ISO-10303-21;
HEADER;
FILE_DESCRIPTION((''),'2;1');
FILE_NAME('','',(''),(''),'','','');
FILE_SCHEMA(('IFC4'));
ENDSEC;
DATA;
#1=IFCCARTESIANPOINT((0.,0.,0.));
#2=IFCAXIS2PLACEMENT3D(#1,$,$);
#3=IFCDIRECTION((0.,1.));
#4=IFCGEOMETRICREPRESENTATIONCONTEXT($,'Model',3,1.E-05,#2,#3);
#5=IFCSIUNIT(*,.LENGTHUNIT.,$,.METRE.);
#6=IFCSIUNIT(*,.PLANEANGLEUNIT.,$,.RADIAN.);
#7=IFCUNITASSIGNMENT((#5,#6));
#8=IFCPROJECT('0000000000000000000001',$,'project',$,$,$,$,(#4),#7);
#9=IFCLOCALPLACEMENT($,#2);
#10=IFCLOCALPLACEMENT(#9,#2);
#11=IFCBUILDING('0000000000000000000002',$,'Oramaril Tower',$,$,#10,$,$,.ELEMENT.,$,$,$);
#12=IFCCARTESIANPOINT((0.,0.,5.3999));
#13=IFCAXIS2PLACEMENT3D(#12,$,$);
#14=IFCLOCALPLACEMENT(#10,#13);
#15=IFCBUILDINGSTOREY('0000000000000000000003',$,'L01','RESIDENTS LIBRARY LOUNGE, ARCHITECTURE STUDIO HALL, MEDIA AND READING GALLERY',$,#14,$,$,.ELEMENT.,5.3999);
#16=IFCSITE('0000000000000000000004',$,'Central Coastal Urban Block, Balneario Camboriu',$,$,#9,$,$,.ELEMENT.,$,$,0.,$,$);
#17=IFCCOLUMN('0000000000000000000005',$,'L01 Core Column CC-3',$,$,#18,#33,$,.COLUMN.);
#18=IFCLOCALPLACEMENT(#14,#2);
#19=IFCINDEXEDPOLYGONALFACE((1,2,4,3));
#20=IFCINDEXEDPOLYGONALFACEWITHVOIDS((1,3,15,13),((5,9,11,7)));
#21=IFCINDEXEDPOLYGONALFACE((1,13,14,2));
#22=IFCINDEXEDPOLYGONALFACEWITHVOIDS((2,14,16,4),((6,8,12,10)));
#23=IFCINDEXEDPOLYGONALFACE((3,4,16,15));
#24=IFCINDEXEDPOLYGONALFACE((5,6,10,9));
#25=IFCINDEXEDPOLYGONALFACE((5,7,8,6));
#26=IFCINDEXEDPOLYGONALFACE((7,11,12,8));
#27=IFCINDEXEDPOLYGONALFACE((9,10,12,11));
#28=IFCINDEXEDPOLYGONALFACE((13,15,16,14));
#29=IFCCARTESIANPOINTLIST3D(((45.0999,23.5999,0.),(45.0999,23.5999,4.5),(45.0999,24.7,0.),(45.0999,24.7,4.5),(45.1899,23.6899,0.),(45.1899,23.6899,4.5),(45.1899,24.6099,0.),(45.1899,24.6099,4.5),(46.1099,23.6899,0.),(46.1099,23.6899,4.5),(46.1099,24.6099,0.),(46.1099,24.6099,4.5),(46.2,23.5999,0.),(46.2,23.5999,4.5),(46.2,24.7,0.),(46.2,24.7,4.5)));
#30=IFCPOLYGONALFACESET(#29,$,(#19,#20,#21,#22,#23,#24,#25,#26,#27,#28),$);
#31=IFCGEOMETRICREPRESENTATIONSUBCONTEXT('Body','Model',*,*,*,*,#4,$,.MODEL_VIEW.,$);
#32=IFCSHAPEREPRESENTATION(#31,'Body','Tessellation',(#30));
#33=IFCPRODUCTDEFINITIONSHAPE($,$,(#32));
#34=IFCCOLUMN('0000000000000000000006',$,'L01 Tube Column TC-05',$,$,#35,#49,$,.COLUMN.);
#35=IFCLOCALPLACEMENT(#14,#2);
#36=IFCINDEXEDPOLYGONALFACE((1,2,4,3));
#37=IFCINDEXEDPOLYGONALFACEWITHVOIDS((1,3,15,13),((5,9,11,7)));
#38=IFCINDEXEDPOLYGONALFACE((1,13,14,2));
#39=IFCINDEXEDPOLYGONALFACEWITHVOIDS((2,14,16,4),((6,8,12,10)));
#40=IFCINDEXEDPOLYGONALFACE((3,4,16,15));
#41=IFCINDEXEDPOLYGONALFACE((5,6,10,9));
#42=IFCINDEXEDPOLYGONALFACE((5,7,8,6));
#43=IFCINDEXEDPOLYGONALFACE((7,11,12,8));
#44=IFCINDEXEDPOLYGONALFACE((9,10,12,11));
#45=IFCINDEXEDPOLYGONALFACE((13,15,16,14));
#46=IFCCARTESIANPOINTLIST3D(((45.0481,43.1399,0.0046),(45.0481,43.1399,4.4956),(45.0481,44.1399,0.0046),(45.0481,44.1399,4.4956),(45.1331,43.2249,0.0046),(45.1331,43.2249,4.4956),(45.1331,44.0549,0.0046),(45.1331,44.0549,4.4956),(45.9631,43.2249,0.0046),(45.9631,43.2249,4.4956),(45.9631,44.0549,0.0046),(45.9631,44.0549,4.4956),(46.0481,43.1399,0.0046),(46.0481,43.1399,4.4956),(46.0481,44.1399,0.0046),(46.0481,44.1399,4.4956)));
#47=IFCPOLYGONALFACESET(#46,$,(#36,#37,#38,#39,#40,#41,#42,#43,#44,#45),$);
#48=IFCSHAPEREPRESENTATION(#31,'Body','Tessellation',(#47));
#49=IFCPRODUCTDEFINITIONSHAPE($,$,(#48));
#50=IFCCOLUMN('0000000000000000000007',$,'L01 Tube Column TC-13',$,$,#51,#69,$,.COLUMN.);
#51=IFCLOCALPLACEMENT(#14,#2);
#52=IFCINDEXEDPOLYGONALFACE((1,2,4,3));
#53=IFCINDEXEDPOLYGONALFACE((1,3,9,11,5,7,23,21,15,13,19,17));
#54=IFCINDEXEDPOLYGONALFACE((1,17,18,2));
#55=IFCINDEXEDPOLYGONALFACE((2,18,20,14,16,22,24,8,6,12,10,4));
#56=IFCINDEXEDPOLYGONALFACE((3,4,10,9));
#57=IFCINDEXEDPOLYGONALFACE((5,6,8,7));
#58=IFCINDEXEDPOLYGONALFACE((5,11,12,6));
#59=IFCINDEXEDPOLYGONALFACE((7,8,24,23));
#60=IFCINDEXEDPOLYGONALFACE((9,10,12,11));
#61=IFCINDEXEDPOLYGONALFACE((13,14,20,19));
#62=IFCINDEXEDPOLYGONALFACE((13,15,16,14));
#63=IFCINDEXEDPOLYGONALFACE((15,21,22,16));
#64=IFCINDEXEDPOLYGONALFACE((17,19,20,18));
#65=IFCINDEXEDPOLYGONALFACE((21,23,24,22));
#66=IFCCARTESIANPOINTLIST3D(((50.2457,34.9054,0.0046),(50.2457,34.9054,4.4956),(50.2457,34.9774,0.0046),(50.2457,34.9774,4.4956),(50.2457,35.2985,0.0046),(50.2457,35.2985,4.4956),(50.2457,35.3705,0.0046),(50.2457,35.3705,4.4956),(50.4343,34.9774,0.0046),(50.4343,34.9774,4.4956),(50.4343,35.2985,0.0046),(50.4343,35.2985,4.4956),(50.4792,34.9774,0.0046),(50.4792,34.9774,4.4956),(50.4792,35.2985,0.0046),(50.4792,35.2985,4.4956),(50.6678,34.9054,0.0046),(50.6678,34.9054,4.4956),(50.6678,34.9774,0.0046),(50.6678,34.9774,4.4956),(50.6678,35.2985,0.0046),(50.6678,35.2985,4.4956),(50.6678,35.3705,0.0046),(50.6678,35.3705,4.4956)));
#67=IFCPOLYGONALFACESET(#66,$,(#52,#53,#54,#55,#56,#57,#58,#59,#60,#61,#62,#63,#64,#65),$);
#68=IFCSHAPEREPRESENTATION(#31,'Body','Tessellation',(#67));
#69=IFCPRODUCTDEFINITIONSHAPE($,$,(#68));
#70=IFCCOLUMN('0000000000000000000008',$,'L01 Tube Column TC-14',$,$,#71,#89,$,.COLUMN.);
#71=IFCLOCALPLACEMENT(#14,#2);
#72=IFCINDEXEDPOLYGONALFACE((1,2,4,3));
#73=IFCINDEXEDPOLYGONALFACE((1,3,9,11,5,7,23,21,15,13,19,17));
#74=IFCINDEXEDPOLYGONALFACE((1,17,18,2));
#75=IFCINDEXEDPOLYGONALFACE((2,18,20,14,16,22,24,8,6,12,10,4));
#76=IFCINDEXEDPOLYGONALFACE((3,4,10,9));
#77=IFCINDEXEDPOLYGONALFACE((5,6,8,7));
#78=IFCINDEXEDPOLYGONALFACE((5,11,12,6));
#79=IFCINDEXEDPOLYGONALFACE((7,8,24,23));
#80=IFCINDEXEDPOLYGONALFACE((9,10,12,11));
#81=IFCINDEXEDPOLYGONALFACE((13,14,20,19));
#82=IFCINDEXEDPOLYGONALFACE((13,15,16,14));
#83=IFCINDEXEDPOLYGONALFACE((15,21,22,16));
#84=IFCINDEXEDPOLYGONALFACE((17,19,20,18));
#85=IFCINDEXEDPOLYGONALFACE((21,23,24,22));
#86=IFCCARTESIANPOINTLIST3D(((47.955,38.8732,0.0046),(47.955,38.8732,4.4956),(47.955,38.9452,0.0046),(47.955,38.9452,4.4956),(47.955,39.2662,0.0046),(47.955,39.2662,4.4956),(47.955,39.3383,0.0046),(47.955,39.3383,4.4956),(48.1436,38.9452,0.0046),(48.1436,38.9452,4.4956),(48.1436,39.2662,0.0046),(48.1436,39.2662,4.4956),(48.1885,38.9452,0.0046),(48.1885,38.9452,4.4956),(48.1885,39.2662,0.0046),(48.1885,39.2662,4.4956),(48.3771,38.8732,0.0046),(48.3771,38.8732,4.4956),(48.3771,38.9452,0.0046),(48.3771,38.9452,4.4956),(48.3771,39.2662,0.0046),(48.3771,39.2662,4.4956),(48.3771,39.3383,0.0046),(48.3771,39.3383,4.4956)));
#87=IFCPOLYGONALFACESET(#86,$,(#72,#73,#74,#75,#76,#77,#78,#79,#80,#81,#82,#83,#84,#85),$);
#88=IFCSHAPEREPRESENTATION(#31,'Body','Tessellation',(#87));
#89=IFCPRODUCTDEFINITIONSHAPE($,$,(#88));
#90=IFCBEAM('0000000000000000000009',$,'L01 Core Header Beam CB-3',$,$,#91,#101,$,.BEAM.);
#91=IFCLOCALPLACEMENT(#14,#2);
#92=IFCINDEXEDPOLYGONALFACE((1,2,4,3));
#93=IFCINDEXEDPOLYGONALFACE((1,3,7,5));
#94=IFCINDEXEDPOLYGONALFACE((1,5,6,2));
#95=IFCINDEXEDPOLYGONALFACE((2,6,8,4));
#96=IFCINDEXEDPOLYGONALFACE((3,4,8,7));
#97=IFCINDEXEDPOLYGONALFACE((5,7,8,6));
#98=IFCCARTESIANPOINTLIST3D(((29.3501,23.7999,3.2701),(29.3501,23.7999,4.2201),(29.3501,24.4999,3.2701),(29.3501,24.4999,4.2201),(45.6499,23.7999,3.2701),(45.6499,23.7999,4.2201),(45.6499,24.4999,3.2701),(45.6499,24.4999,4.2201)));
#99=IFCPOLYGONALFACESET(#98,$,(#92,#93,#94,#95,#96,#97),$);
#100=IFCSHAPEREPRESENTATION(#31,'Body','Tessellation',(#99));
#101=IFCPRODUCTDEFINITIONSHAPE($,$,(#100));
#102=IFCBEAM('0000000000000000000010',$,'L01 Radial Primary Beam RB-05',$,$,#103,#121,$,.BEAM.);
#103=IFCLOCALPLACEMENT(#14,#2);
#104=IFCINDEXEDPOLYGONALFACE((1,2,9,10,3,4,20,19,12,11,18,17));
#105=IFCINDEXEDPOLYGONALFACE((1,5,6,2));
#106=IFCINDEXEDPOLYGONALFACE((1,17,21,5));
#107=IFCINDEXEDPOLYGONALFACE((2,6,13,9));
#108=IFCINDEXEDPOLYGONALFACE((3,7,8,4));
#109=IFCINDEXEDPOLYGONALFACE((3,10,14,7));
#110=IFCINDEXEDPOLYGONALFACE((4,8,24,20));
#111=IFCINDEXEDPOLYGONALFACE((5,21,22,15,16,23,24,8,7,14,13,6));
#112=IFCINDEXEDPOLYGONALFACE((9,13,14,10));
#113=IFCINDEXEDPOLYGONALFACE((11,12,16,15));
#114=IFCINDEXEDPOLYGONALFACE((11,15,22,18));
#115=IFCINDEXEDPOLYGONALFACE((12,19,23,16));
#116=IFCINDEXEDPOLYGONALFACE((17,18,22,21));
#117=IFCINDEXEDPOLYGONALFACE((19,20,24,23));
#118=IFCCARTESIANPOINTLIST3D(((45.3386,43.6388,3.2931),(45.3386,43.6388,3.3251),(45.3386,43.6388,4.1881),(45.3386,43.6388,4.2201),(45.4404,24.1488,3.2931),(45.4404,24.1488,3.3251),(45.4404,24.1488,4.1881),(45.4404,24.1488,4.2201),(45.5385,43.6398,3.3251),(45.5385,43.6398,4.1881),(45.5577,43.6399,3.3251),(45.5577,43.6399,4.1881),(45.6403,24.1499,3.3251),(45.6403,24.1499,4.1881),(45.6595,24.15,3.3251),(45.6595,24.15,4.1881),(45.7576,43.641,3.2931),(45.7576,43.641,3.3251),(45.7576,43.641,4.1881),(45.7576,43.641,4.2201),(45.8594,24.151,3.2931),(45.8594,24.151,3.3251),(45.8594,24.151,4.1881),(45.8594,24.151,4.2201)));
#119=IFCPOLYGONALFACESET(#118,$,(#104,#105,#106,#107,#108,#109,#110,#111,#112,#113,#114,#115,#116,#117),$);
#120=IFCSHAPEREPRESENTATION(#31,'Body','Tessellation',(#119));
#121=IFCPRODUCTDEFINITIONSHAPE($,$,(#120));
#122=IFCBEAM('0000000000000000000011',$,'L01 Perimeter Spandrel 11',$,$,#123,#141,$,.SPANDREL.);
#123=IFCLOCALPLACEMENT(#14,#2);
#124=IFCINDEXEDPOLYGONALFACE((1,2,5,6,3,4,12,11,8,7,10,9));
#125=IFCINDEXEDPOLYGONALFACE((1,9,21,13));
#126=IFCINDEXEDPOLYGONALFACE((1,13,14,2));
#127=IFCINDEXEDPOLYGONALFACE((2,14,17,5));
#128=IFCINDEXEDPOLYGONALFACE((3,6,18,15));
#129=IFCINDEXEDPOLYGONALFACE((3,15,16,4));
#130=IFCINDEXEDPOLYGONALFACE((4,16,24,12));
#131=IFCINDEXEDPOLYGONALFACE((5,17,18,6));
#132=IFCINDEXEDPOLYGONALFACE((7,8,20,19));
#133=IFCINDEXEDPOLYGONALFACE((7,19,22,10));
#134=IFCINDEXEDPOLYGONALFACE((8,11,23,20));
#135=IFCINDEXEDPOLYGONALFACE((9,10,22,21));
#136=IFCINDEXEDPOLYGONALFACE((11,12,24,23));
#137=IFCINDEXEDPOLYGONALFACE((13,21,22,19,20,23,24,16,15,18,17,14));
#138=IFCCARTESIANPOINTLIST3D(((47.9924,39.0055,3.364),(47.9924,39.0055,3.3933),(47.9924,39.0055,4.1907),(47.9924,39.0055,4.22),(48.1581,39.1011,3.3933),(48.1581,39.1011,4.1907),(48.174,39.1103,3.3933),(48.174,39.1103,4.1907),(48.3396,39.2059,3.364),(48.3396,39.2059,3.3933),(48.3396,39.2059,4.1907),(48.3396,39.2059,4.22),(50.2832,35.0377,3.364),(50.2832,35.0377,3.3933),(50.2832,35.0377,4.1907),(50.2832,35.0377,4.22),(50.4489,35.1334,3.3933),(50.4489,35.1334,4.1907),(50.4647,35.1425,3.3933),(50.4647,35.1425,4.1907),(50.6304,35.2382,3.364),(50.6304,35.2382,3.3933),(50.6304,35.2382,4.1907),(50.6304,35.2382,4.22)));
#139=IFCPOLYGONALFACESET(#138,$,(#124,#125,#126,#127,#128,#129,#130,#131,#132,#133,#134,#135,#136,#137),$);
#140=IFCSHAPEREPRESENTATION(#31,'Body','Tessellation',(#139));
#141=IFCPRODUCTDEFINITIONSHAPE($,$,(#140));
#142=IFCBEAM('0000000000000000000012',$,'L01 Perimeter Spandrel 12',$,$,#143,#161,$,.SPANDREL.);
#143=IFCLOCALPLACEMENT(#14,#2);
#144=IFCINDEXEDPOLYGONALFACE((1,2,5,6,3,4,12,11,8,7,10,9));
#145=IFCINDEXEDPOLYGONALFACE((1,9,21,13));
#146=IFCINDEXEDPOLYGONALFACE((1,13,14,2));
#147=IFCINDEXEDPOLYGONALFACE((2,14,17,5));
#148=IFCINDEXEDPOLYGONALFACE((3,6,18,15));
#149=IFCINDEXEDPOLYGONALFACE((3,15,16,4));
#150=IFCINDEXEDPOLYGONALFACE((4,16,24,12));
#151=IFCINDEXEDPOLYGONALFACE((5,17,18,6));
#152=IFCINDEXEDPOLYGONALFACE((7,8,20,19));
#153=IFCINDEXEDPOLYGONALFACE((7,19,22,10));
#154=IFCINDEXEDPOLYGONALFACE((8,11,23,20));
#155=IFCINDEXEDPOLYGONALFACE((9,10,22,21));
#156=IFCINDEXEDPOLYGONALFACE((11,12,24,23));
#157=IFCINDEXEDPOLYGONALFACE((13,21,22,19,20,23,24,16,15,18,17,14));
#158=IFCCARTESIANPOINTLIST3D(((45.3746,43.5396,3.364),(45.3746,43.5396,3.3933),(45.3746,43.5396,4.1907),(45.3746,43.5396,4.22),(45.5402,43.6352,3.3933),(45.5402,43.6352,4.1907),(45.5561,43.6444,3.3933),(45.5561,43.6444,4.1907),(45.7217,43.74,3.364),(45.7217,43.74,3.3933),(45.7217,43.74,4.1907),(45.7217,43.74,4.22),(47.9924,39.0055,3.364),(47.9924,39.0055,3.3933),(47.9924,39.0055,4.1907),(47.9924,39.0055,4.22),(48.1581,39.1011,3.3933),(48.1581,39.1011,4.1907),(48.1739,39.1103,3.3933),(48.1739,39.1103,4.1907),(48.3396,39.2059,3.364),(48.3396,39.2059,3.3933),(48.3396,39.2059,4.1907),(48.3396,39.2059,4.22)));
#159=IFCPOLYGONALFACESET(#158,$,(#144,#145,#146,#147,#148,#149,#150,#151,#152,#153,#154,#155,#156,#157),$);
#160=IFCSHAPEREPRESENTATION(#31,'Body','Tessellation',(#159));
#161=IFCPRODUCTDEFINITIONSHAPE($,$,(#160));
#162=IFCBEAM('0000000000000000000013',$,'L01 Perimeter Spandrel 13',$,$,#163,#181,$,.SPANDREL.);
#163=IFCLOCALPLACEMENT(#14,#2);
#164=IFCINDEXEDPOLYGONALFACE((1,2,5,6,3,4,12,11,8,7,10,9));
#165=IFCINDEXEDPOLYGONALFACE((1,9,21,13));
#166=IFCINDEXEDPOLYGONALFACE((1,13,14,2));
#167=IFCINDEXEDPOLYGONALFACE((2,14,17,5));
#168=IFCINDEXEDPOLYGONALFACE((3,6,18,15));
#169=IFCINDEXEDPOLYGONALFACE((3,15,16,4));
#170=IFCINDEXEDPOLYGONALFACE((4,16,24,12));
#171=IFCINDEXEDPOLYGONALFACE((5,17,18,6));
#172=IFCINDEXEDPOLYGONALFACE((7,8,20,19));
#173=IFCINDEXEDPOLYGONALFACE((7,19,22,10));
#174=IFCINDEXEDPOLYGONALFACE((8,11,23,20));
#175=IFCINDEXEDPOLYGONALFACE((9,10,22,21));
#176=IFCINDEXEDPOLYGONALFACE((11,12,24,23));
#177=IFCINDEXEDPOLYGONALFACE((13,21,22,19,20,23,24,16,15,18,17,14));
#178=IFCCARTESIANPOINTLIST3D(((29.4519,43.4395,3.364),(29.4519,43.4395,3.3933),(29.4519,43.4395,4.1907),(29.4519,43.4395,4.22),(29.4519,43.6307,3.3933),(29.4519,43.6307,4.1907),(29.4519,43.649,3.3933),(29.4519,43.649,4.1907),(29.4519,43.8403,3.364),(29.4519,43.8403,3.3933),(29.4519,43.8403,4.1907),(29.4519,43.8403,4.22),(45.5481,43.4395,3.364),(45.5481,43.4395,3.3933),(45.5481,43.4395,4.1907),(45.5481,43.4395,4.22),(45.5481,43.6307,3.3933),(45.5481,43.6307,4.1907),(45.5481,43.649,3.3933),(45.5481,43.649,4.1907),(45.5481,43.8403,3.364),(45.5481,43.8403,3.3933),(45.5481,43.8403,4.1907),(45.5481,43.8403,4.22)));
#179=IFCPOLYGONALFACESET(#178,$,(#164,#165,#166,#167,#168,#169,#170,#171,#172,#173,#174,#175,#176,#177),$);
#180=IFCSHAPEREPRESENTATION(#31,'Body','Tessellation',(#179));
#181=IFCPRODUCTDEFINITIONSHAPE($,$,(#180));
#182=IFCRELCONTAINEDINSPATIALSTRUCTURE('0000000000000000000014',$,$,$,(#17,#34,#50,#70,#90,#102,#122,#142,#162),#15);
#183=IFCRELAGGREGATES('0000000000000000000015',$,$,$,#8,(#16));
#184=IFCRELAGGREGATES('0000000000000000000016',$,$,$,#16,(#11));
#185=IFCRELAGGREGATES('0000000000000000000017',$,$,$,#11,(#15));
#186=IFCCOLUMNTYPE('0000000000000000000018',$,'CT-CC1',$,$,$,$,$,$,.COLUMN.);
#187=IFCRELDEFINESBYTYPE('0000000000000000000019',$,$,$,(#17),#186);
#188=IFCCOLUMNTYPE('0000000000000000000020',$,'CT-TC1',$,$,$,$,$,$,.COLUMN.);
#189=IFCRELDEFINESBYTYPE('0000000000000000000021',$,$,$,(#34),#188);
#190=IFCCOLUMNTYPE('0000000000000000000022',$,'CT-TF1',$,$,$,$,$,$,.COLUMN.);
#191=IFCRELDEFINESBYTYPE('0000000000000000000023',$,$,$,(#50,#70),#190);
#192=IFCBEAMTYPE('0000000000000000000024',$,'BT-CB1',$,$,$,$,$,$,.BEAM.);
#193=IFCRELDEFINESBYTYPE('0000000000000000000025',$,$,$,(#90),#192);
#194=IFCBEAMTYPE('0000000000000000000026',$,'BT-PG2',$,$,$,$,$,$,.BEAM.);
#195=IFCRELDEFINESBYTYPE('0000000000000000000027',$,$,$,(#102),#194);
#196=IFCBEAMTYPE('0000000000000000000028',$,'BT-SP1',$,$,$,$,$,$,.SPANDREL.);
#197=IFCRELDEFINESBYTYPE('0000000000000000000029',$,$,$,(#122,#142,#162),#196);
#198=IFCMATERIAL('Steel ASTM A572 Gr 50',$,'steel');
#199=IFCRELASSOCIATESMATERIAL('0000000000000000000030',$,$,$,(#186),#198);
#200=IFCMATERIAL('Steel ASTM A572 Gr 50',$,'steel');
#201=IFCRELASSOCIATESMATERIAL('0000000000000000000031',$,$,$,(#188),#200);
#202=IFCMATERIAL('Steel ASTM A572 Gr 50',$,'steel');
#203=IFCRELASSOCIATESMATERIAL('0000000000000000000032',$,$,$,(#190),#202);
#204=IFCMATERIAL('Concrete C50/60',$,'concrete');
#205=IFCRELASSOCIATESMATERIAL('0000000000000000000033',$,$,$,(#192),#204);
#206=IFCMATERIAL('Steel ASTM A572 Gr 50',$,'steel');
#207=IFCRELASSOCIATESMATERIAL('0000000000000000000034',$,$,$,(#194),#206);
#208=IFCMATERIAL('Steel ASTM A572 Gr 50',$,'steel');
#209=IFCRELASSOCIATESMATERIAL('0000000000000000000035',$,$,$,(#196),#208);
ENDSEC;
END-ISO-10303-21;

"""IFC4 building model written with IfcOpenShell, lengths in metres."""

from ifc_helpers import new_model, si_unit, direction, frame, origin, origin_2d, place, context, subcontext, project, spatial, rectangle, hollow_rectangle, i_section, extrude, material, material_profile, profile_set, type_object, element, save


model = new_model("IFC4")

# Units and contexts
model_context = context("Model", 3, precision=1e-05, world=origin(), true_north=direction((0.0, 1.0)))
body_context = subcontext(model_context, "Body", "Model", "MODEL_VIEW")
ifc_project = project(units=[si_unit("LENGTHUNIT", "METRE"), si_unit("PLANEANGLEUNIT", "RADIAN")], contexts=[model_context])

# Site, building, storey
site_placement = place(None, origin())
site = spatial("IfcSite", under=ifc_project, at=site_placement, Name="Central Coastal Urban Block, Balneario Camboriu", CompositionType="ELEMENT", RefElevation=0.0)
building_placement = place(site_placement, origin())
building = spatial("IfcBuilding", under=site, at=building_placement, Name="Oramaril Tower", CompositionType="ELEMENT")
storey_placement = place(building_placement, frame((0.0, 0.0, 5.3999)))
storey = spatial("IfcBuildingStorey", under=building, at=storey_placement, Name="L01", Description="RESIDENTS LIBRARY LOUNGE, ARCHITECTURE STUDIO HALL, MEDIA AND READING GALLERY", CompositionType="ELEMENT", Elevation=5.3999)

# Columns
ifc_material_1 = material(Name="Steel ASTM A572 Gr 50", Category="steel")
ifc_material_profile_1 = material_profile(ifc_material_1, hollow_rectangle(XDim=1.1001, YDim=1.1001, WallThickness=0.0901, at=origin_2d()), Name="BOX1100X1100X90")
ifc_profile_set_1 = profile_set([ifc_material_profile_1], Name="Steel ASTM A572 Gr 50")
column_type_1 = type_object("IfcColumnType", Name="CT-CC1", PredefinedType="COLUMN", material=ifc_profile_set_1)
column_1_placement = place(storey_placement, frame((45.6499, 24.1499, 0.0), z_axis=(0.0, 0.0, 1.0), x_axis=(1.0, 0.0, 0.0)))
element("IfcColumn", 1, at=column_1_placement, inside=storey, type_object=column_type_1, Name="L01 Core Column CC-3", PredefinedType="COLUMN", context=body_context, shape_type="SweptSolid", body=[
    extrude(hollow_rectangle(XDim=1.1001, YDim=1.1001, WallThickness=0.0901, at=origin_2d()), origin(), (0.0, 0.0, 1.0), 4.5),
])
ifc_material_2 = material(Name="Steel ASTM A572 Gr 50", Category="steel")
ifc_material_profile_2 = material_profile(ifc_material_2, hollow_rectangle(XDim=1.0, YDim=1.0, WallThickness=0.085, at=origin_2d()), Name="BOX1000X1000X85")
ifc_profile_set_2 = profile_set([ifc_material_profile_2], Name="Steel ASTM A572 Gr 50")
column_type_2 = type_object("IfcColumnType", Name="CT-TC1", PredefinedType="COLUMN", material=ifc_profile_set_2)
column_2_placement = place(storey_placement, frame((45.5481, 43.6399, 0.0046), z_axis=(0.0, 0.0, 1.0), x_axis=(1.0, 0.0, 0.0)))
element("IfcColumn", 2, at=column_2_placement, inside=storey, type_object=column_type_2, Name="L01 Tube Column TC-05", PredefinedType="COLUMN", context=body_context, shape_type="SweptSolid", body=[
    extrude(hollow_rectangle(XDim=1.0, YDim=1.0, WallThickness=0.085, at=origin_2d()), origin(), (0.0, 0.0, 1.0), 4.491),
])
ifc_material_3 = material(Name="Steel ASTM A572 Gr 50", Category="steel")
ifc_material_profile_3 = material_profile(ifc_material_3, i_section(OverallWidth=0.4221, OverallDepth=0.4651, WebThickness=0.0449, FlangeThickness=0.072, at=origin_2d()), Name="W14X398")
ifc_profile_set_3 = profile_set([ifc_material_profile_3], Name="Steel ASTM A572 Gr 50")
column_type_3 = type_object("IfcColumnType", Name="CT-TF1", PredefinedType="COLUMN", material=ifc_profile_set_3)
for number, where, z_axis, x_axis, name in (
    (3, (50.4568, 35.1379, 0.0046), (0.0, 0.0, 1.0), (1.0, 0.0, 0.0), "L01 Tube Column TC-13"),
    (4, (48.166, 39.1057, 0.0046), (0.0, 0.0, 1.0), (1.0, 0.0, 0.0), "L01 Tube Column TC-14"),
):
    element("IfcColumn", number, at=place(storey_placement, frame(where, z_axis=z_axis, x_axis=x_axis)), inside=storey, type_object=column_type_3, Name=name, PredefinedType="COLUMN", context=body_context, shape_type="SweptSolid", body=[
        extrude(i_section(OverallWidth=0.4221, OverallDepth=0.4651, WebThickness=0.0449, FlangeThickness=0.072, at=origin_2d()), origin(), (0.0, 0.0, 1.0), 4.491),
    ])

# Beams
ifc_material_4 = material(Name="Concrete C50/60", Category="concrete")
ifc_material_profile_4 = material_profile(ifc_material_4, rectangle(XDim=0.7, YDim=0.95, at=origin_2d()), Name="CB700X950")
ifc_profile_set_4 = profile_set([ifc_material_profile_4], Name="Concrete C50/60")
beam_type_1 = type_object("IfcBeamType", Name="BT-CB1", PredefinedType="BEAM", material=ifc_profile_set_4)
beam_1_placement = place(storey_placement, frame((45.6499, 24.1499, 3.7451), z_axis=(-1.0, 0.0, 0.0), x_axis=(0.0, -1.0, 0.0)))
element("IfcBeam", 5, at=beam_1_placement, inside=storey, type_object=beam_type_1, Name="L01 Core Header Beam CB-3", PredefinedType="BEAM", context=body_context, shape_type="SweptSolid", body=[
    extrude(rectangle(XDim=0.7, YDim=0.95, at=origin_2d()), origin(), (0.0, 0.0, 1.0), 16.2998),
])
ifc_material_5 = material(Name="Steel ASTM A572 Gr 50", Category="steel")
ifc_material_profile_5 = material_profile(ifc_material_5, i_section(OverallWidth=0.4189, OverallDepth=0.927, WebThickness=0.0193, FlangeThickness=0.032, at=origin_2d()), Name="W36X231")
ifc_profile_set_5 = profile_set([ifc_material_profile_5], Name="Steel ASTM A572 Gr 50")
beam_type_2 = type_object("IfcBeamType", Name="BT-PG2", PredefinedType="BEAM", material=ifc_profile_set_5)
beam_2_placement = place(storey_placement, frame((45.6499, 24.1499, 3.7566), z_axis=(-0.005223, 0.999986, 0.0), x_axis=(-0.999986, -0.005223, 0.0)))
element("IfcBeam", 6, at=beam_2_placement, inside=storey, type_object=beam_type_2, Name="L01 Radial Primary Beam RB-05", PredefinedType="BEAM", context=body_context, shape_type="SweptSolid", body=[
    extrude(i_section(OverallWidth=0.4189, OverallDepth=0.927, WebThickness=0.0193, FlangeThickness=0.032, at=origin_2d()), origin(), (0.0, 0.0, 1.0), 19.4902),
])
ifc_material_6 = material(Name="Steel ASTM A572 Gr 50", Category="steel")
ifc_material_profile_6 = material_profile(ifc_material_6, i_section(OverallWidth=0.4009, OverallDepth=0.856, WebThickness=0.0183, FlangeThickness=0.0293, at=origin_2d()), Name="W33X201")
ifc_profile_set_6 = profile_set([ifc_material_profile_6], Name="Steel ASTM A572 Gr 50")
beam_type_3 = type_object("IfcBeamType", Name="BT-SP1", PredefinedType="SPANDREL", material=ifc_profile_set_6)
beam_3_placement = place(storey_placement, frame((50.4568, 35.1379, 3.792), z_axis=(-0.499996, 0.866028, 0.0), x_axis=(-0.866028, -0.499996, 0.0)))
element("IfcBeam", 7, at=beam_3_placement, inside=storey, type_object=beam_type_3, Name="L01 Perimeter Spandrel 11", PredefinedType="SPANDREL", context=body_context, shape_type="SweptSolid", body=[
    extrude(i_section(OverallWidth=0.4009, OverallDepth=0.856, WebThickness=0.0183, FlangeThickness=0.0293, at=origin_2d()), origin(), (0.0, 0.0, 1.0), 4.5815),
])
beam_4_placement = place(storey_placement, frame((48.166, 39.1057, 3.792), z_axis=(-0.500016, 0.866016, 0.0), x_axis=(-0.866016, -0.500016, 0.0)))
element("IfcBeam", 8, at=beam_4_placement, inside=storey, type_object=beam_type_3, Name="L01 Perimeter Spandrel 12", PredefinedType="SPANDREL", context=body_context, shape_type="SweptSolid", body=[
    extrude(i_section(OverallWidth=0.4009, OverallDepth=0.856, WebThickness=0.0183, FlangeThickness=0.0293, at=origin_2d()), origin(), (0.0, 0.0, 1.0), 5.2356),
])
beam_5_placement = place(storey_placement, frame((45.5481, 43.6399, 3.792), z_axis=(-1.0, 0.0, 0.0), x_axis=(0.0, -1.0, 0.0)))
element("IfcBeam", 9, at=beam_5_placement, inside=storey, type_object=beam_type_3, Name="L01 Perimeter Spandrel 13", PredefinedType="SPANDREL", context=body_context, shape_type="SweptSolid", body=[
    extrude(i_section(OverallWidth=0.4009, OverallDepth=0.856, WebThickness=0.0183, FlangeThickness=0.0293, at=origin_2d()), origin(), (0.0, 0.0, 1.0), 16.0962),
])

save(model, "model.ifc")
